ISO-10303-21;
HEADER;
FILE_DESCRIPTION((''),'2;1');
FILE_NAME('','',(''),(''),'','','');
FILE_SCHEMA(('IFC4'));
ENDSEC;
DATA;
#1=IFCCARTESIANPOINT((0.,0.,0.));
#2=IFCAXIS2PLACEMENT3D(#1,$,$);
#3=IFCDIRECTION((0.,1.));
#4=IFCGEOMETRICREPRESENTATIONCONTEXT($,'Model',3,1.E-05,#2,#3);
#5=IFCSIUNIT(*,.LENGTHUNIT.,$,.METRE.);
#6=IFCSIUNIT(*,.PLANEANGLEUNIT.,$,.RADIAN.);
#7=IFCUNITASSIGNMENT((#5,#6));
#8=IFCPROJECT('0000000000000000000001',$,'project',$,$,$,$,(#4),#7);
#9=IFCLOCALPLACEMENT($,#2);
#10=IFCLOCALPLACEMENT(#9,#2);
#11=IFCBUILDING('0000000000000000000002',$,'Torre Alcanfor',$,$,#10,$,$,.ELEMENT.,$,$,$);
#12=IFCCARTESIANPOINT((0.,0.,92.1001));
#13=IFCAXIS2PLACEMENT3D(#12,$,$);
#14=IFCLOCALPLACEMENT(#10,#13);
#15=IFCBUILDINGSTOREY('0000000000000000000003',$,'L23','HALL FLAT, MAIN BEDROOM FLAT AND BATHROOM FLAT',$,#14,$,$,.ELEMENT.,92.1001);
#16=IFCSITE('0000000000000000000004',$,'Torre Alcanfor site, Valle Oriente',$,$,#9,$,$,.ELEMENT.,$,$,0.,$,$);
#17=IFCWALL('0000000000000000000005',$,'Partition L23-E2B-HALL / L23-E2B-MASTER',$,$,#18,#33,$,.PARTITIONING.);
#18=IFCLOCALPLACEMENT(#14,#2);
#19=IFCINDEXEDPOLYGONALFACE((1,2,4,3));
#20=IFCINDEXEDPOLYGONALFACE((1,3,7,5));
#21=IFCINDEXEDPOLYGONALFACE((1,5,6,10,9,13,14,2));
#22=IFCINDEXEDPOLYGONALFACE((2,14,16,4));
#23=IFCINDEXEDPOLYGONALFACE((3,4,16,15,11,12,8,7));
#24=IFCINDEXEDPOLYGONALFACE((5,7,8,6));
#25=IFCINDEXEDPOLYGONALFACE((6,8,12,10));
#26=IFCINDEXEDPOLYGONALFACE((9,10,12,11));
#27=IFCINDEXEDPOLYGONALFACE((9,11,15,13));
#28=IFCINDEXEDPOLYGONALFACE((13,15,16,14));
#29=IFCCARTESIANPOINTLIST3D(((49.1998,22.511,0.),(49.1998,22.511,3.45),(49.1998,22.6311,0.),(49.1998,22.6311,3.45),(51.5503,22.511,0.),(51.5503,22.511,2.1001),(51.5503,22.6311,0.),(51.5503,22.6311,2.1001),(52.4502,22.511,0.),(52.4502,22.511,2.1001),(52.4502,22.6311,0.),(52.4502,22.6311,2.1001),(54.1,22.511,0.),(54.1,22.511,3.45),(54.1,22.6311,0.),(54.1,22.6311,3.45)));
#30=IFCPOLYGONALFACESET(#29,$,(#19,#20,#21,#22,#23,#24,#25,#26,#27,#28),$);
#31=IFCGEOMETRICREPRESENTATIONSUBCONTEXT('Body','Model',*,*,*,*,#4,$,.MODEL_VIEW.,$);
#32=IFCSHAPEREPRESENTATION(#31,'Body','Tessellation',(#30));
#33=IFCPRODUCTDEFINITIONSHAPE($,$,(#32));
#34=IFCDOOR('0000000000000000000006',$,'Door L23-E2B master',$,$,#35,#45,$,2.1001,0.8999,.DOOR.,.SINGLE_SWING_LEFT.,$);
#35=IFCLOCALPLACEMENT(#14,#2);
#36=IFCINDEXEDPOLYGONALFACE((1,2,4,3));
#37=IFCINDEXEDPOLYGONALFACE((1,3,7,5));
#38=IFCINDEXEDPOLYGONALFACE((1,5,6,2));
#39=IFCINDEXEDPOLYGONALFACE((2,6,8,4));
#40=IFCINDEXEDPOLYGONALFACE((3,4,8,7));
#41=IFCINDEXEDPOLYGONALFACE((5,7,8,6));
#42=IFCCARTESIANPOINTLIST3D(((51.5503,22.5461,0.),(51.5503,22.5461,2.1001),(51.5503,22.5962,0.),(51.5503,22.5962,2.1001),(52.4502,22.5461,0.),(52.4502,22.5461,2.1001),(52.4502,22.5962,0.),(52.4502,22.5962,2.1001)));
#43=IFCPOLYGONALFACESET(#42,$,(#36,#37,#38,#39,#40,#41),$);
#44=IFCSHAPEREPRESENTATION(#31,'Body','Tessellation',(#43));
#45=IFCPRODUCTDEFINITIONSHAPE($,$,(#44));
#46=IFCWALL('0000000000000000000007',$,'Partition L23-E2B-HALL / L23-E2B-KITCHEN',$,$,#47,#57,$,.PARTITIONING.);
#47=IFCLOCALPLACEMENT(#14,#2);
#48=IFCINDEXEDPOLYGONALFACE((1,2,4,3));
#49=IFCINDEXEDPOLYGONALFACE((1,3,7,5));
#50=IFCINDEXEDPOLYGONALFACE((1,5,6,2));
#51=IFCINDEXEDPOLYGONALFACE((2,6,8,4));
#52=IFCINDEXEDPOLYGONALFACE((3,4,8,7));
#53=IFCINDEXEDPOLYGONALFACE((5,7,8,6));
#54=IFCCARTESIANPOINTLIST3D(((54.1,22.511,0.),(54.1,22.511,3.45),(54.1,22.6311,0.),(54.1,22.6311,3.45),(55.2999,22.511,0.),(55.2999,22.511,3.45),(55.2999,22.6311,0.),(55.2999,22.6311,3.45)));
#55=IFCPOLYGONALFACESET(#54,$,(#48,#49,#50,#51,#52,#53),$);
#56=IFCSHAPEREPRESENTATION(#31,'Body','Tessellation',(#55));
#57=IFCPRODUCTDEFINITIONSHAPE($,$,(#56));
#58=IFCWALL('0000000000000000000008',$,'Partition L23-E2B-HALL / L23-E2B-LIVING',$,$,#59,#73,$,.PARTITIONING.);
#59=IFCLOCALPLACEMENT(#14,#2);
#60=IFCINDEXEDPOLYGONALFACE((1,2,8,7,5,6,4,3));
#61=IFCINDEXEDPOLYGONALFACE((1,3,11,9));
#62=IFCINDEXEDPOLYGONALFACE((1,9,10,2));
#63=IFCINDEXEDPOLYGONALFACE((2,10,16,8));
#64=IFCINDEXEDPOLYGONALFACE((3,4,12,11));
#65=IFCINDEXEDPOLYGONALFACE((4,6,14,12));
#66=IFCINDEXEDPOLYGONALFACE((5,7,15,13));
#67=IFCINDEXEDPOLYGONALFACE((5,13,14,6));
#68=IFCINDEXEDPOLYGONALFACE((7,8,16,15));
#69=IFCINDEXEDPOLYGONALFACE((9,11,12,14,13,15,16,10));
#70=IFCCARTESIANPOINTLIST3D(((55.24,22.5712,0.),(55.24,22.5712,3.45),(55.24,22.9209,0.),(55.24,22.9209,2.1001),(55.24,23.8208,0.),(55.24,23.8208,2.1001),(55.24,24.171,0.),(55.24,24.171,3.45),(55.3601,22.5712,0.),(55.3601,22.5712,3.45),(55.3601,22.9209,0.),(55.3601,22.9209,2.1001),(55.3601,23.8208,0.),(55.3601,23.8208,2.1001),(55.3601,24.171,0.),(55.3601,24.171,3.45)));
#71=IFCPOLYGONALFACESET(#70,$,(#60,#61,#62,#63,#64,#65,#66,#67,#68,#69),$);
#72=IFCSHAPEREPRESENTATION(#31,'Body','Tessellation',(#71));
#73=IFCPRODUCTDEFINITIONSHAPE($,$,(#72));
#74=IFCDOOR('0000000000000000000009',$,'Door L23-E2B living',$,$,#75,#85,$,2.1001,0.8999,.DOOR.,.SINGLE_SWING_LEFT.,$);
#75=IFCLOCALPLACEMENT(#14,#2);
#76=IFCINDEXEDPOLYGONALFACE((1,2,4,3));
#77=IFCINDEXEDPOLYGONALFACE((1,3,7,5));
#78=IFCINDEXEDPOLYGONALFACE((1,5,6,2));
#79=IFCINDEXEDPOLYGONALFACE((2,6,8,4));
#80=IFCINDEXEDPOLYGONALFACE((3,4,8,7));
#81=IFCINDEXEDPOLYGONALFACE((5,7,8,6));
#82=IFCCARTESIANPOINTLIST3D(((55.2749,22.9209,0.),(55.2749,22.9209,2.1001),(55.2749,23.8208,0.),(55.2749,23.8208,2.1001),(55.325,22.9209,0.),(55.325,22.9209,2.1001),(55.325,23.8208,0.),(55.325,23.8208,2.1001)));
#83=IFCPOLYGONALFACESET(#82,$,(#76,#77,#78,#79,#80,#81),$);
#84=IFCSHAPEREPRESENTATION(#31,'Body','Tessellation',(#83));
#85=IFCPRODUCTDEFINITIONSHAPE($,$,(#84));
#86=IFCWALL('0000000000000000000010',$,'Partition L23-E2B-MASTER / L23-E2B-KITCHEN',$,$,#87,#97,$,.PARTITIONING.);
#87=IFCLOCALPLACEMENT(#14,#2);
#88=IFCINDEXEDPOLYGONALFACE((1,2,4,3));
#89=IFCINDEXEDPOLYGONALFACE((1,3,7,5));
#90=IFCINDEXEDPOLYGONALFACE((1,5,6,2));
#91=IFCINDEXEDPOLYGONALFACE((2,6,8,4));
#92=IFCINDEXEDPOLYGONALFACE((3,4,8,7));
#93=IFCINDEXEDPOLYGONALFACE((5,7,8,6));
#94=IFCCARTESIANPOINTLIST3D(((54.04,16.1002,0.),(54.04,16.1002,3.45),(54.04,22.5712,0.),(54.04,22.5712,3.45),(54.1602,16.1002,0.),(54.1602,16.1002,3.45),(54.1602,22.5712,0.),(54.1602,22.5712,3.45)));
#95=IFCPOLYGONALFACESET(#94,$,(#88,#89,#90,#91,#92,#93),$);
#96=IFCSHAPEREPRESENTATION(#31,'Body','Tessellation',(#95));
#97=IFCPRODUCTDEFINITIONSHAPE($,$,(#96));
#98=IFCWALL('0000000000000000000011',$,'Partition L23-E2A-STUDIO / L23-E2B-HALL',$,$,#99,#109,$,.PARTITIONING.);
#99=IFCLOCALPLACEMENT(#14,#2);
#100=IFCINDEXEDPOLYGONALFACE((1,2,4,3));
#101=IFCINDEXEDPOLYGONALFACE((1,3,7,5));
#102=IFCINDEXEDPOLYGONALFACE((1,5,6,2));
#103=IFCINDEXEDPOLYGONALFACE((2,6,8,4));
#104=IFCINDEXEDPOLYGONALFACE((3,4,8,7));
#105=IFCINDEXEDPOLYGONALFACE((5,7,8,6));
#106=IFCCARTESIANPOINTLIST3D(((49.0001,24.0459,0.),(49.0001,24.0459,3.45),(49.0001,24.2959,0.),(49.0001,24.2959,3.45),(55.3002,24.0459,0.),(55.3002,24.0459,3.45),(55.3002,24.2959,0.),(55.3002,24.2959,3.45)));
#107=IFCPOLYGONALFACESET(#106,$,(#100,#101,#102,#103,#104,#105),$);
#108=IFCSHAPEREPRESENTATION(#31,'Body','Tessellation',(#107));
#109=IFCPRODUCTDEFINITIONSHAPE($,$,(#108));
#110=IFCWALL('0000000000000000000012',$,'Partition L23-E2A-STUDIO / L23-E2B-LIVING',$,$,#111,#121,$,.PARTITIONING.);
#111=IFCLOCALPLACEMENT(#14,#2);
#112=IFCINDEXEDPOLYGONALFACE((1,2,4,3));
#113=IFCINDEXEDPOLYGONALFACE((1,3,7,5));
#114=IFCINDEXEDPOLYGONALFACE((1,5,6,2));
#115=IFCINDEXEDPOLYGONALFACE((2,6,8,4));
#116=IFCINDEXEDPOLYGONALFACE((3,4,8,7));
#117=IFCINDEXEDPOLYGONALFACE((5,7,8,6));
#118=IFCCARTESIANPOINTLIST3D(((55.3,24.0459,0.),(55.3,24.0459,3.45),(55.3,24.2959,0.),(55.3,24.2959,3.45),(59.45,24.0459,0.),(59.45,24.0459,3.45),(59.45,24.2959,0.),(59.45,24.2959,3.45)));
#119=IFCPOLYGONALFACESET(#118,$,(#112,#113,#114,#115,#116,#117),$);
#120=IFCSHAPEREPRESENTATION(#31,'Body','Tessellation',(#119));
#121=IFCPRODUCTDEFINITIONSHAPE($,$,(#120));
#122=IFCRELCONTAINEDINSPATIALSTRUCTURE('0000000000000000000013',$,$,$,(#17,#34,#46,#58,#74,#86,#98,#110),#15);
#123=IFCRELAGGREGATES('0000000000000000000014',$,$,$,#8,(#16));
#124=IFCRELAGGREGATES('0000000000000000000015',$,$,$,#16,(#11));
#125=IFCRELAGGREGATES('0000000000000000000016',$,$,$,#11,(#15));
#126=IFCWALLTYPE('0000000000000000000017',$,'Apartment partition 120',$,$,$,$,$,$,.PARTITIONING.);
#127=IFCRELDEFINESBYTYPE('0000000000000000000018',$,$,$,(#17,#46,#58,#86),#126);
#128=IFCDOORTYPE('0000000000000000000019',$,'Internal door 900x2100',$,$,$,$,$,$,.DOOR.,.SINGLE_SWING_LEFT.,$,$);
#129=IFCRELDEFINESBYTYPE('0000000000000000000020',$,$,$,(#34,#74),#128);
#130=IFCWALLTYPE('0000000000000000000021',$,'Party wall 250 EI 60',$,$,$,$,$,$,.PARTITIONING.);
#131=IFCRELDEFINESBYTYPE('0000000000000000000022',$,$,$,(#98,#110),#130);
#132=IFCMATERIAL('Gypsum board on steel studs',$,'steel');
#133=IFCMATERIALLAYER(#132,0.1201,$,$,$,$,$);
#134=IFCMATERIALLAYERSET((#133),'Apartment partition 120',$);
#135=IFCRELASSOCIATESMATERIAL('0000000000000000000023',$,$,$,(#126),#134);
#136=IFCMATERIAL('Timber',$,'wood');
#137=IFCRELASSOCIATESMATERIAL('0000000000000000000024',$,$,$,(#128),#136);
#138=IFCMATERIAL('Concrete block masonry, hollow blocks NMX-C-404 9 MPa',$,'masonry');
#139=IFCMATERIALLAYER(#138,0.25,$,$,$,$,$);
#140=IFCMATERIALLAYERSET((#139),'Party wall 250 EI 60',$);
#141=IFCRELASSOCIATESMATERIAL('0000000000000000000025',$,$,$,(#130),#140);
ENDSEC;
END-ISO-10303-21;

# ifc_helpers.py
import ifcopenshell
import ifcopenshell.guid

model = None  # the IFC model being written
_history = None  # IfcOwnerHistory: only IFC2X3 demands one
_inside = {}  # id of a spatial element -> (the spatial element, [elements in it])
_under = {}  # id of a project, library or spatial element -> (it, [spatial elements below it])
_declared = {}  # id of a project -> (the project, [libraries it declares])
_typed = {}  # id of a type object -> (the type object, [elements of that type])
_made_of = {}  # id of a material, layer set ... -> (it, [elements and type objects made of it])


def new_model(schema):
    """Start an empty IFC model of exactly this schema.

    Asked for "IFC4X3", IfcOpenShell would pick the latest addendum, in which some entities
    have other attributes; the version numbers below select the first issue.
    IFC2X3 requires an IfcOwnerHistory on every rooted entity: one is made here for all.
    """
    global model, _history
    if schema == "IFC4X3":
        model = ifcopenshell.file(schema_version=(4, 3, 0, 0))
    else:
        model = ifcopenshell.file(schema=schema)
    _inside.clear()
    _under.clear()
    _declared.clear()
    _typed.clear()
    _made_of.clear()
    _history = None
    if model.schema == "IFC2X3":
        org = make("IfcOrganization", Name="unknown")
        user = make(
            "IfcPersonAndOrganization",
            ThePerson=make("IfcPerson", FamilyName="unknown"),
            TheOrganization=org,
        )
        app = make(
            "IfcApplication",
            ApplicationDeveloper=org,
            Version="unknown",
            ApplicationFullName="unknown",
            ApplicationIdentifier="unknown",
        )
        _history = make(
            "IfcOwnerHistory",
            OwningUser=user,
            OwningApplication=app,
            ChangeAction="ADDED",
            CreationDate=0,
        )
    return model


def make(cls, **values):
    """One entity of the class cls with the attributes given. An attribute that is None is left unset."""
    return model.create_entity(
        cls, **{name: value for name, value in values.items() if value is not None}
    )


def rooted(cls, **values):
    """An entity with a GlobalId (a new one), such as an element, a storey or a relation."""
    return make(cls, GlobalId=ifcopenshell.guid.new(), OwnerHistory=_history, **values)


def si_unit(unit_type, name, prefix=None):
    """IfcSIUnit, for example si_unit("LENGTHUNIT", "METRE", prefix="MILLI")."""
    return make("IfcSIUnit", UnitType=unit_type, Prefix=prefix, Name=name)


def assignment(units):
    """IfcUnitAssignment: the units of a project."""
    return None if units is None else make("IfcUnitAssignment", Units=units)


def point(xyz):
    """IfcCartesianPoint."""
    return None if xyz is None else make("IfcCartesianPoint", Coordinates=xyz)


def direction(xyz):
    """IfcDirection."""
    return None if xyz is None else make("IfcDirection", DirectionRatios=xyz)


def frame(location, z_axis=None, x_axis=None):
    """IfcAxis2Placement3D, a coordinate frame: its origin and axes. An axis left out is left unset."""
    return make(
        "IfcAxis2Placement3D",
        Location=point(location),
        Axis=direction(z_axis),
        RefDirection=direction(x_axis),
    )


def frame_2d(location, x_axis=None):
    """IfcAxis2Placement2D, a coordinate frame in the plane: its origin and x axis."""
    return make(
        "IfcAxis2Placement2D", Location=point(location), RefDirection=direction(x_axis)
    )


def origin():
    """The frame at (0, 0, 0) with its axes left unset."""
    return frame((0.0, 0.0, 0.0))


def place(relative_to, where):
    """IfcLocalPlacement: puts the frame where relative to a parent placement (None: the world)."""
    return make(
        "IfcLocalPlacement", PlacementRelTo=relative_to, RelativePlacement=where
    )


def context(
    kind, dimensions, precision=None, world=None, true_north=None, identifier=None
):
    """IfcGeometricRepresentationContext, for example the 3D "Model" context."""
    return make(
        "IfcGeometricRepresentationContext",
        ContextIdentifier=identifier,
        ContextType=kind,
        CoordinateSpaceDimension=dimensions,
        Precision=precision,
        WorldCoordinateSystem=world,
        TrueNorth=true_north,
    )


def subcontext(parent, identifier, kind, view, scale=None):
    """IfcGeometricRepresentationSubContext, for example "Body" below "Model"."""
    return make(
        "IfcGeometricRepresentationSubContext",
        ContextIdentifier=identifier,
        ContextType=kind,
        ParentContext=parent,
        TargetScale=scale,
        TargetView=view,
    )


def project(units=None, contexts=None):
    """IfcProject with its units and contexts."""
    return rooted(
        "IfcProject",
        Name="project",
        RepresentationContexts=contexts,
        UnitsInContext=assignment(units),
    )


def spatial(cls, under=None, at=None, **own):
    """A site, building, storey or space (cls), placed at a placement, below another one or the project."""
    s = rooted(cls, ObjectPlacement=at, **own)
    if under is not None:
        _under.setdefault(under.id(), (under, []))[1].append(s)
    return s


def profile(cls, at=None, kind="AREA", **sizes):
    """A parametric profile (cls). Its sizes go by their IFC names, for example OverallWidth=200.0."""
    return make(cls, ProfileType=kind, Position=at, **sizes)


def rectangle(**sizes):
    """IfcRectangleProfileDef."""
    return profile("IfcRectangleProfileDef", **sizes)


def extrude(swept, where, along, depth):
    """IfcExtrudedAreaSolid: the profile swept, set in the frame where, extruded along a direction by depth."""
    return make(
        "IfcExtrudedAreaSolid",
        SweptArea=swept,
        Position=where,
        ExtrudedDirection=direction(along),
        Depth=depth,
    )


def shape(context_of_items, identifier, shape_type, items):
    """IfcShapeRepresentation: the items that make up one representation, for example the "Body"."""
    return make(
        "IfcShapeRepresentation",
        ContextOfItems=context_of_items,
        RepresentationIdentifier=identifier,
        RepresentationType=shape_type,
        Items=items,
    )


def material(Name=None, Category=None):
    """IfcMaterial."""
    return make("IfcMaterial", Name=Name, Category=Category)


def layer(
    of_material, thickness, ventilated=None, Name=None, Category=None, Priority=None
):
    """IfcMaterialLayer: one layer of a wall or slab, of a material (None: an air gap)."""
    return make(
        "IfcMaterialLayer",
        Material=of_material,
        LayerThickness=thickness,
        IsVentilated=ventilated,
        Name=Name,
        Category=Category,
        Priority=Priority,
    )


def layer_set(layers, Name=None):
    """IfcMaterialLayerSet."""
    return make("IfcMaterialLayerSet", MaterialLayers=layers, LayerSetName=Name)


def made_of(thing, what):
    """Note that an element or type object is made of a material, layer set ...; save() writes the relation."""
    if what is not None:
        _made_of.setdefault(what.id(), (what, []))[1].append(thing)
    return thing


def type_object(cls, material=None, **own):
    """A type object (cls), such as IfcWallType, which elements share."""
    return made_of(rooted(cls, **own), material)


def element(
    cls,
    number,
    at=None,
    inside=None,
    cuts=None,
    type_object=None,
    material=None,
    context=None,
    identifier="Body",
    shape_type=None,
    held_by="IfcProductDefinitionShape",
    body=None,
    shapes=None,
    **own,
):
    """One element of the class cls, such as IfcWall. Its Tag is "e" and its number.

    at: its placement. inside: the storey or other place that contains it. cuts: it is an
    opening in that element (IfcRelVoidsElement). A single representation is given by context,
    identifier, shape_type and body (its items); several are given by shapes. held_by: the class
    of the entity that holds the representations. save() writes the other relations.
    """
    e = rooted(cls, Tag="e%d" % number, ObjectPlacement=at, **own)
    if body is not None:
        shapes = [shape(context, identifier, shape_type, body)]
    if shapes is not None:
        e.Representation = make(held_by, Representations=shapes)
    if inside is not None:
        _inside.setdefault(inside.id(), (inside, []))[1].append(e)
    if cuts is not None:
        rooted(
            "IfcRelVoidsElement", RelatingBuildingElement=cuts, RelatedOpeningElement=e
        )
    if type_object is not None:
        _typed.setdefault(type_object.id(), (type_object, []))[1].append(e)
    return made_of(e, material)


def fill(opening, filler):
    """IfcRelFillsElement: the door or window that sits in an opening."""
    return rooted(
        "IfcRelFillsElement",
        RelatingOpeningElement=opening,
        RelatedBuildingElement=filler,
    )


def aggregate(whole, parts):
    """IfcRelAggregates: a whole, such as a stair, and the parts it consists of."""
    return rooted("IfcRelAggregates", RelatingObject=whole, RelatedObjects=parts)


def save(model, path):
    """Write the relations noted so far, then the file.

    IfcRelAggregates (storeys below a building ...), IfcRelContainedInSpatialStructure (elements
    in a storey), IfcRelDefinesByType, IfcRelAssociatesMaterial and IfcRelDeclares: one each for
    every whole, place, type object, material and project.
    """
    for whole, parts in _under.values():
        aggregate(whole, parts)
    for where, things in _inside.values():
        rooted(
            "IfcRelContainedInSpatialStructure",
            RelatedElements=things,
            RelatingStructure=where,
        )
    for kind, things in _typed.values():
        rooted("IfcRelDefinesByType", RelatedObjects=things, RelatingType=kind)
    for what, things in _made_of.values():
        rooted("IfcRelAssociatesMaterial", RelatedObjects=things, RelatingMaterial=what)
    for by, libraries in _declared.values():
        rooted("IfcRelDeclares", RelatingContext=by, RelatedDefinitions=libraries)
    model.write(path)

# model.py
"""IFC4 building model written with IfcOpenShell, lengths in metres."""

from ifc_helpers import new_model, si_unit, direction, frame, frame_2d, origin, place, context, subcontext, project, spatial, rectangle, extrude, material, layer, layer_set, type_object, element, fill, save


model = new_model("IFC4")

# Units and contexts
model_context = context("Model", 3, precision=1e-05, world=origin(), true_north=direction((0.0, 1.0)))
body_context = subcontext(model_context, "Body", "Model", "MODEL_VIEW")
ifc_project = project(units=[si_unit("LENGTHUNIT", "METRE"), si_unit("PLANEANGLEUNIT", "RADIAN")], contexts=[model_context])

# Site, building, storey
site_placement = place(None, origin())
site = spatial("IfcSite", under=ifc_project, at=site_placement, Name="Torre Alcanfor site, Valle Oriente", CompositionType="ELEMENT", RefElevation=0.0)
building_placement = place(site_placement, origin())
building = spatial("IfcBuilding", under=site, at=building_placement, Name="Torre Alcanfor", CompositionType="ELEMENT")
storey_placement = place(building_placement, frame((0.0, 0.0, 92.1001)))
storey = spatial("IfcBuildingStorey", under=building, at=storey_placement, Name="L23", Description="HALL FLAT, MAIN BEDROOM FLAT AND BATHROOM FLAT", CompositionType="ELEMENT", Elevation=92.1001)

# Wall, opening, door
ifc_material_1 = material(Name="Gypsum board on steel studs", Category="steel")
ifc_layer_1 = layer(ifc_material_1, 0.1201)
ifc_layer_set_1 = layer_set([ifc_layer_1], Name="Apartment partition 120")
wall_type_1 = type_object("IfcWallType", Name="Apartment partition 120", PredefinedType="PARTITIONING", material=ifc_layer_set_1)
wall_1_placement = place(storey_placement, frame((54.1001, 22.571, 0.0), z_axis=(0.0, 0.0, 1.0), x_axis=(-1.0, 0.0, 0.0)))
wall_1 = element("IfcWall", 1, at=wall_1_placement, inside=storey, type_object=wall_type_1, Name="Partition L23-E2B-HALL / L23-E2B-MASTER", PredefinedType="PARTITIONING", context=body_context, shape_type="SweptSolid", body=[
    extrude(rectangle(XDim=4.9001, YDim=0.1201, at=frame_2d((2.4502, 0.0))), origin(), (0.0, 0.0, 1.0), 3.45),
])
opening_1_placement = place(wall_1_placement, frame((1.6499, 0.0, 0.0)))
opening_1 = element("IfcOpeningElement", 2, at=opening_1_placement, cuts=wall_1, PredefinedType="OPENING", context=body_context, shape_type="SweptSolid", body=[
    extrude(rectangle(XDim=0.8999, YDim=2.1001, at=frame_2d((0.45, 1.05))), frame((0.0, 0.0701, 0.0), z_axis=(0.0, -1.0, 0.0), x_axis=(1.0, 0.0, 0.0)), (0.0, 0.0, 1.0), 0.1401),
])
ifc_material_2 = material(Name="Timber", Category="wood")
door_type = type_object("IfcDoorType", Name="Internal door 900x2100", OperationType="SINGLE_SWING_LEFT", PredefinedType="DOOR", material=ifc_material_2)
door_1_placement = place(opening_1_placement, origin())
door_1 = element("IfcDoor", 3, at=door_1_placement, inside=storey, type_object=door_type, Name="Door L23-E2B master", OperationType="SINGLE_SWING_LEFT", OverallHeight=2.1001, OverallWidth=0.8999, PredefinedType="DOOR", context=body_context, shape_type="SweptSolid", body=[
    extrude(rectangle(XDim=0.8999, YDim=2.1001, at=frame_2d((0.45, 1.05))), frame((0.0, 0.0249, 0.0), z_axis=(0.0, -1.0, 0.0), x_axis=(1.0, 0.0, 0.0)), (0.0, 0.0, 1.0), 0.05),
])
fill(opening_1, door_1)

# Wall
wall_2_placement = place(storey_placement, frame((55.3, 22.571, 0.0), z_axis=(0.0, 0.0, 1.0), x_axis=(-1.0, 0.0, 0.0)))
element("IfcWall", 4, at=wall_2_placement, inside=storey, type_object=wall_type_1, Name="Partition L23-E2B-HALL / L23-E2B-KITCHEN", PredefinedType="PARTITIONING", context=body_context, shape_type="SweptSolid", body=[
    extrude(rectangle(XDim=1.2, YDim=0.1201, at=frame_2d((0.6001, 0.0))), origin(), (0.0, 0.0, 1.0), 3.45),
])

# Wall, opening, door
wall_3_placement = place(storey_placement, frame((55.3, 24.1709, 0.0), z_axis=(0.0, 0.0, 1.0), x_axis=(0.0, -1.0, 0.0)))
wall_3 = element("IfcWall", 5, at=wall_3_placement, inside=storey, type_object=wall_type_1, Name="Partition L23-E2B-HALL / L23-E2B-LIVING", PredefinedType="PARTITIONING", context=body_context, shape_type="SweptSolid", body=[
    extrude(rectangle(XDim=1.5999, YDim=0.1201, at=frame_2d((0.7998, 0.0))), origin(), (0.0, 0.0, 1.0), 3.45),
])
opening_2_placement = place(wall_3_placement, frame((0.3501, 0.0, 0.0)))
opening_2 = element("IfcOpeningElement", 6, at=opening_2_placement, cuts=wall_3, PredefinedType="OPENING", context=body_context, shape_type="SweptSolid", body=[
    extrude(rectangle(XDim=0.8999, YDim=2.1001, at=frame_2d((0.45, 1.05))), frame((0.0, 0.0701, 0.0), z_axis=(0.0, -1.0, 0.0), x_axis=(1.0, 0.0, 0.0)), (0.0, 0.0, 1.0), 0.1401),
])
door_2_placement = place(opening_2_placement, origin())
door_2 = element("IfcDoor", 7, at=door_2_placement, inside=storey, type_object=door_type, Name="Door L23-E2B living", OperationType="SINGLE_SWING_LEFT", OverallHeight=2.1001, OverallWidth=0.8999, PredefinedType="DOOR", context=body_context, shape_type="SweptSolid", body=[
    extrude(rectangle(XDim=0.8999, YDim=2.1001, at=frame_2d((0.45, 1.05))), frame((0.0, 0.0249, 0.0), z_axis=(0.0, -1.0, 0.0), x_axis=(1.0, 0.0, 0.0)), (0.0, 0.0, 1.0), 0.05),
])
fill(opening_2, door_2)

# Walls
wall_4_placement = place(storey_placement, frame((54.1001, 22.571, 0.0), z_axis=(0.0, 0.0, 1.0), x_axis=(0.0, -1.0, 0.0)))
element("IfcWall", 8, at=wall_4_placement, inside=storey, type_object=wall_type_1, Name="Partition L23-E2B-MASTER / L23-E2B-KITCHEN", PredefinedType="PARTITIONING", context=body_context, shape_type="SweptSolid", body=[
    extrude(rectangle(XDim=6.4709, YDim=0.1201, at=frame_2d((3.2354, 0.0))), origin(), (0.0, 0.0, 1.0), 3.45),
])
ifc_material_3 = material(Name="Concrete block masonry, hollow blocks NMX-C-404 9 MPa", Category="masonry")
ifc_layer_2 = layer(ifc_material_3, 0.25)
ifc_layer_set_2 = layer_set([ifc_layer_2], Name="Party wall 250 EI 60")
wall_type_2 = type_object("IfcWallType", Name="Party wall 250 EI 60", PredefinedType="PARTITIONING", material=ifc_layer_set_2)
wall_5_placement = place(storey_placement, frame((55.3, 24.1709, 0.0), z_axis=(0.0, 0.0, 1.0), x_axis=(-1.0, 0.0, 0.0)))
element("IfcWall", 9, at=wall_5_placement, inside=storey, type_object=wall_type_2, Name="Partition L23-E2A-STUDIO / L23-E2B-HALL", PredefinedType="PARTITIONING", context=body_context, shape_type="SweptSolid", body=[
    extrude(rectangle(XDim=6.3, YDim=0.25, at=frame_2d((3.1499, 0.0))), origin(), (0.0, 0.0, 1.0), 3.45),
])
wall_6_placement = place(storey_placement, frame((59.45, 24.1709, 0.0), z_axis=(0.0, 0.0, 1.0), x_axis=(-1.0, 0.0, 0.0)))
element("IfcWall", 10, at=wall_6_placement, inside=storey, type_object=wall_type_2, Name="Partition L23-E2A-STUDIO / L23-E2B-LIVING", PredefinedType="PARTITIONING", context=body_context, shape_type="SweptSolid", body=[
    extrude(rectangle(XDim=4.1499, YDim=0.25, at=frame_2d((2.075, 0.0))), origin(), (0.0, 0.0, 1.0), 3.45),
])

save(model, "model.ifc")
